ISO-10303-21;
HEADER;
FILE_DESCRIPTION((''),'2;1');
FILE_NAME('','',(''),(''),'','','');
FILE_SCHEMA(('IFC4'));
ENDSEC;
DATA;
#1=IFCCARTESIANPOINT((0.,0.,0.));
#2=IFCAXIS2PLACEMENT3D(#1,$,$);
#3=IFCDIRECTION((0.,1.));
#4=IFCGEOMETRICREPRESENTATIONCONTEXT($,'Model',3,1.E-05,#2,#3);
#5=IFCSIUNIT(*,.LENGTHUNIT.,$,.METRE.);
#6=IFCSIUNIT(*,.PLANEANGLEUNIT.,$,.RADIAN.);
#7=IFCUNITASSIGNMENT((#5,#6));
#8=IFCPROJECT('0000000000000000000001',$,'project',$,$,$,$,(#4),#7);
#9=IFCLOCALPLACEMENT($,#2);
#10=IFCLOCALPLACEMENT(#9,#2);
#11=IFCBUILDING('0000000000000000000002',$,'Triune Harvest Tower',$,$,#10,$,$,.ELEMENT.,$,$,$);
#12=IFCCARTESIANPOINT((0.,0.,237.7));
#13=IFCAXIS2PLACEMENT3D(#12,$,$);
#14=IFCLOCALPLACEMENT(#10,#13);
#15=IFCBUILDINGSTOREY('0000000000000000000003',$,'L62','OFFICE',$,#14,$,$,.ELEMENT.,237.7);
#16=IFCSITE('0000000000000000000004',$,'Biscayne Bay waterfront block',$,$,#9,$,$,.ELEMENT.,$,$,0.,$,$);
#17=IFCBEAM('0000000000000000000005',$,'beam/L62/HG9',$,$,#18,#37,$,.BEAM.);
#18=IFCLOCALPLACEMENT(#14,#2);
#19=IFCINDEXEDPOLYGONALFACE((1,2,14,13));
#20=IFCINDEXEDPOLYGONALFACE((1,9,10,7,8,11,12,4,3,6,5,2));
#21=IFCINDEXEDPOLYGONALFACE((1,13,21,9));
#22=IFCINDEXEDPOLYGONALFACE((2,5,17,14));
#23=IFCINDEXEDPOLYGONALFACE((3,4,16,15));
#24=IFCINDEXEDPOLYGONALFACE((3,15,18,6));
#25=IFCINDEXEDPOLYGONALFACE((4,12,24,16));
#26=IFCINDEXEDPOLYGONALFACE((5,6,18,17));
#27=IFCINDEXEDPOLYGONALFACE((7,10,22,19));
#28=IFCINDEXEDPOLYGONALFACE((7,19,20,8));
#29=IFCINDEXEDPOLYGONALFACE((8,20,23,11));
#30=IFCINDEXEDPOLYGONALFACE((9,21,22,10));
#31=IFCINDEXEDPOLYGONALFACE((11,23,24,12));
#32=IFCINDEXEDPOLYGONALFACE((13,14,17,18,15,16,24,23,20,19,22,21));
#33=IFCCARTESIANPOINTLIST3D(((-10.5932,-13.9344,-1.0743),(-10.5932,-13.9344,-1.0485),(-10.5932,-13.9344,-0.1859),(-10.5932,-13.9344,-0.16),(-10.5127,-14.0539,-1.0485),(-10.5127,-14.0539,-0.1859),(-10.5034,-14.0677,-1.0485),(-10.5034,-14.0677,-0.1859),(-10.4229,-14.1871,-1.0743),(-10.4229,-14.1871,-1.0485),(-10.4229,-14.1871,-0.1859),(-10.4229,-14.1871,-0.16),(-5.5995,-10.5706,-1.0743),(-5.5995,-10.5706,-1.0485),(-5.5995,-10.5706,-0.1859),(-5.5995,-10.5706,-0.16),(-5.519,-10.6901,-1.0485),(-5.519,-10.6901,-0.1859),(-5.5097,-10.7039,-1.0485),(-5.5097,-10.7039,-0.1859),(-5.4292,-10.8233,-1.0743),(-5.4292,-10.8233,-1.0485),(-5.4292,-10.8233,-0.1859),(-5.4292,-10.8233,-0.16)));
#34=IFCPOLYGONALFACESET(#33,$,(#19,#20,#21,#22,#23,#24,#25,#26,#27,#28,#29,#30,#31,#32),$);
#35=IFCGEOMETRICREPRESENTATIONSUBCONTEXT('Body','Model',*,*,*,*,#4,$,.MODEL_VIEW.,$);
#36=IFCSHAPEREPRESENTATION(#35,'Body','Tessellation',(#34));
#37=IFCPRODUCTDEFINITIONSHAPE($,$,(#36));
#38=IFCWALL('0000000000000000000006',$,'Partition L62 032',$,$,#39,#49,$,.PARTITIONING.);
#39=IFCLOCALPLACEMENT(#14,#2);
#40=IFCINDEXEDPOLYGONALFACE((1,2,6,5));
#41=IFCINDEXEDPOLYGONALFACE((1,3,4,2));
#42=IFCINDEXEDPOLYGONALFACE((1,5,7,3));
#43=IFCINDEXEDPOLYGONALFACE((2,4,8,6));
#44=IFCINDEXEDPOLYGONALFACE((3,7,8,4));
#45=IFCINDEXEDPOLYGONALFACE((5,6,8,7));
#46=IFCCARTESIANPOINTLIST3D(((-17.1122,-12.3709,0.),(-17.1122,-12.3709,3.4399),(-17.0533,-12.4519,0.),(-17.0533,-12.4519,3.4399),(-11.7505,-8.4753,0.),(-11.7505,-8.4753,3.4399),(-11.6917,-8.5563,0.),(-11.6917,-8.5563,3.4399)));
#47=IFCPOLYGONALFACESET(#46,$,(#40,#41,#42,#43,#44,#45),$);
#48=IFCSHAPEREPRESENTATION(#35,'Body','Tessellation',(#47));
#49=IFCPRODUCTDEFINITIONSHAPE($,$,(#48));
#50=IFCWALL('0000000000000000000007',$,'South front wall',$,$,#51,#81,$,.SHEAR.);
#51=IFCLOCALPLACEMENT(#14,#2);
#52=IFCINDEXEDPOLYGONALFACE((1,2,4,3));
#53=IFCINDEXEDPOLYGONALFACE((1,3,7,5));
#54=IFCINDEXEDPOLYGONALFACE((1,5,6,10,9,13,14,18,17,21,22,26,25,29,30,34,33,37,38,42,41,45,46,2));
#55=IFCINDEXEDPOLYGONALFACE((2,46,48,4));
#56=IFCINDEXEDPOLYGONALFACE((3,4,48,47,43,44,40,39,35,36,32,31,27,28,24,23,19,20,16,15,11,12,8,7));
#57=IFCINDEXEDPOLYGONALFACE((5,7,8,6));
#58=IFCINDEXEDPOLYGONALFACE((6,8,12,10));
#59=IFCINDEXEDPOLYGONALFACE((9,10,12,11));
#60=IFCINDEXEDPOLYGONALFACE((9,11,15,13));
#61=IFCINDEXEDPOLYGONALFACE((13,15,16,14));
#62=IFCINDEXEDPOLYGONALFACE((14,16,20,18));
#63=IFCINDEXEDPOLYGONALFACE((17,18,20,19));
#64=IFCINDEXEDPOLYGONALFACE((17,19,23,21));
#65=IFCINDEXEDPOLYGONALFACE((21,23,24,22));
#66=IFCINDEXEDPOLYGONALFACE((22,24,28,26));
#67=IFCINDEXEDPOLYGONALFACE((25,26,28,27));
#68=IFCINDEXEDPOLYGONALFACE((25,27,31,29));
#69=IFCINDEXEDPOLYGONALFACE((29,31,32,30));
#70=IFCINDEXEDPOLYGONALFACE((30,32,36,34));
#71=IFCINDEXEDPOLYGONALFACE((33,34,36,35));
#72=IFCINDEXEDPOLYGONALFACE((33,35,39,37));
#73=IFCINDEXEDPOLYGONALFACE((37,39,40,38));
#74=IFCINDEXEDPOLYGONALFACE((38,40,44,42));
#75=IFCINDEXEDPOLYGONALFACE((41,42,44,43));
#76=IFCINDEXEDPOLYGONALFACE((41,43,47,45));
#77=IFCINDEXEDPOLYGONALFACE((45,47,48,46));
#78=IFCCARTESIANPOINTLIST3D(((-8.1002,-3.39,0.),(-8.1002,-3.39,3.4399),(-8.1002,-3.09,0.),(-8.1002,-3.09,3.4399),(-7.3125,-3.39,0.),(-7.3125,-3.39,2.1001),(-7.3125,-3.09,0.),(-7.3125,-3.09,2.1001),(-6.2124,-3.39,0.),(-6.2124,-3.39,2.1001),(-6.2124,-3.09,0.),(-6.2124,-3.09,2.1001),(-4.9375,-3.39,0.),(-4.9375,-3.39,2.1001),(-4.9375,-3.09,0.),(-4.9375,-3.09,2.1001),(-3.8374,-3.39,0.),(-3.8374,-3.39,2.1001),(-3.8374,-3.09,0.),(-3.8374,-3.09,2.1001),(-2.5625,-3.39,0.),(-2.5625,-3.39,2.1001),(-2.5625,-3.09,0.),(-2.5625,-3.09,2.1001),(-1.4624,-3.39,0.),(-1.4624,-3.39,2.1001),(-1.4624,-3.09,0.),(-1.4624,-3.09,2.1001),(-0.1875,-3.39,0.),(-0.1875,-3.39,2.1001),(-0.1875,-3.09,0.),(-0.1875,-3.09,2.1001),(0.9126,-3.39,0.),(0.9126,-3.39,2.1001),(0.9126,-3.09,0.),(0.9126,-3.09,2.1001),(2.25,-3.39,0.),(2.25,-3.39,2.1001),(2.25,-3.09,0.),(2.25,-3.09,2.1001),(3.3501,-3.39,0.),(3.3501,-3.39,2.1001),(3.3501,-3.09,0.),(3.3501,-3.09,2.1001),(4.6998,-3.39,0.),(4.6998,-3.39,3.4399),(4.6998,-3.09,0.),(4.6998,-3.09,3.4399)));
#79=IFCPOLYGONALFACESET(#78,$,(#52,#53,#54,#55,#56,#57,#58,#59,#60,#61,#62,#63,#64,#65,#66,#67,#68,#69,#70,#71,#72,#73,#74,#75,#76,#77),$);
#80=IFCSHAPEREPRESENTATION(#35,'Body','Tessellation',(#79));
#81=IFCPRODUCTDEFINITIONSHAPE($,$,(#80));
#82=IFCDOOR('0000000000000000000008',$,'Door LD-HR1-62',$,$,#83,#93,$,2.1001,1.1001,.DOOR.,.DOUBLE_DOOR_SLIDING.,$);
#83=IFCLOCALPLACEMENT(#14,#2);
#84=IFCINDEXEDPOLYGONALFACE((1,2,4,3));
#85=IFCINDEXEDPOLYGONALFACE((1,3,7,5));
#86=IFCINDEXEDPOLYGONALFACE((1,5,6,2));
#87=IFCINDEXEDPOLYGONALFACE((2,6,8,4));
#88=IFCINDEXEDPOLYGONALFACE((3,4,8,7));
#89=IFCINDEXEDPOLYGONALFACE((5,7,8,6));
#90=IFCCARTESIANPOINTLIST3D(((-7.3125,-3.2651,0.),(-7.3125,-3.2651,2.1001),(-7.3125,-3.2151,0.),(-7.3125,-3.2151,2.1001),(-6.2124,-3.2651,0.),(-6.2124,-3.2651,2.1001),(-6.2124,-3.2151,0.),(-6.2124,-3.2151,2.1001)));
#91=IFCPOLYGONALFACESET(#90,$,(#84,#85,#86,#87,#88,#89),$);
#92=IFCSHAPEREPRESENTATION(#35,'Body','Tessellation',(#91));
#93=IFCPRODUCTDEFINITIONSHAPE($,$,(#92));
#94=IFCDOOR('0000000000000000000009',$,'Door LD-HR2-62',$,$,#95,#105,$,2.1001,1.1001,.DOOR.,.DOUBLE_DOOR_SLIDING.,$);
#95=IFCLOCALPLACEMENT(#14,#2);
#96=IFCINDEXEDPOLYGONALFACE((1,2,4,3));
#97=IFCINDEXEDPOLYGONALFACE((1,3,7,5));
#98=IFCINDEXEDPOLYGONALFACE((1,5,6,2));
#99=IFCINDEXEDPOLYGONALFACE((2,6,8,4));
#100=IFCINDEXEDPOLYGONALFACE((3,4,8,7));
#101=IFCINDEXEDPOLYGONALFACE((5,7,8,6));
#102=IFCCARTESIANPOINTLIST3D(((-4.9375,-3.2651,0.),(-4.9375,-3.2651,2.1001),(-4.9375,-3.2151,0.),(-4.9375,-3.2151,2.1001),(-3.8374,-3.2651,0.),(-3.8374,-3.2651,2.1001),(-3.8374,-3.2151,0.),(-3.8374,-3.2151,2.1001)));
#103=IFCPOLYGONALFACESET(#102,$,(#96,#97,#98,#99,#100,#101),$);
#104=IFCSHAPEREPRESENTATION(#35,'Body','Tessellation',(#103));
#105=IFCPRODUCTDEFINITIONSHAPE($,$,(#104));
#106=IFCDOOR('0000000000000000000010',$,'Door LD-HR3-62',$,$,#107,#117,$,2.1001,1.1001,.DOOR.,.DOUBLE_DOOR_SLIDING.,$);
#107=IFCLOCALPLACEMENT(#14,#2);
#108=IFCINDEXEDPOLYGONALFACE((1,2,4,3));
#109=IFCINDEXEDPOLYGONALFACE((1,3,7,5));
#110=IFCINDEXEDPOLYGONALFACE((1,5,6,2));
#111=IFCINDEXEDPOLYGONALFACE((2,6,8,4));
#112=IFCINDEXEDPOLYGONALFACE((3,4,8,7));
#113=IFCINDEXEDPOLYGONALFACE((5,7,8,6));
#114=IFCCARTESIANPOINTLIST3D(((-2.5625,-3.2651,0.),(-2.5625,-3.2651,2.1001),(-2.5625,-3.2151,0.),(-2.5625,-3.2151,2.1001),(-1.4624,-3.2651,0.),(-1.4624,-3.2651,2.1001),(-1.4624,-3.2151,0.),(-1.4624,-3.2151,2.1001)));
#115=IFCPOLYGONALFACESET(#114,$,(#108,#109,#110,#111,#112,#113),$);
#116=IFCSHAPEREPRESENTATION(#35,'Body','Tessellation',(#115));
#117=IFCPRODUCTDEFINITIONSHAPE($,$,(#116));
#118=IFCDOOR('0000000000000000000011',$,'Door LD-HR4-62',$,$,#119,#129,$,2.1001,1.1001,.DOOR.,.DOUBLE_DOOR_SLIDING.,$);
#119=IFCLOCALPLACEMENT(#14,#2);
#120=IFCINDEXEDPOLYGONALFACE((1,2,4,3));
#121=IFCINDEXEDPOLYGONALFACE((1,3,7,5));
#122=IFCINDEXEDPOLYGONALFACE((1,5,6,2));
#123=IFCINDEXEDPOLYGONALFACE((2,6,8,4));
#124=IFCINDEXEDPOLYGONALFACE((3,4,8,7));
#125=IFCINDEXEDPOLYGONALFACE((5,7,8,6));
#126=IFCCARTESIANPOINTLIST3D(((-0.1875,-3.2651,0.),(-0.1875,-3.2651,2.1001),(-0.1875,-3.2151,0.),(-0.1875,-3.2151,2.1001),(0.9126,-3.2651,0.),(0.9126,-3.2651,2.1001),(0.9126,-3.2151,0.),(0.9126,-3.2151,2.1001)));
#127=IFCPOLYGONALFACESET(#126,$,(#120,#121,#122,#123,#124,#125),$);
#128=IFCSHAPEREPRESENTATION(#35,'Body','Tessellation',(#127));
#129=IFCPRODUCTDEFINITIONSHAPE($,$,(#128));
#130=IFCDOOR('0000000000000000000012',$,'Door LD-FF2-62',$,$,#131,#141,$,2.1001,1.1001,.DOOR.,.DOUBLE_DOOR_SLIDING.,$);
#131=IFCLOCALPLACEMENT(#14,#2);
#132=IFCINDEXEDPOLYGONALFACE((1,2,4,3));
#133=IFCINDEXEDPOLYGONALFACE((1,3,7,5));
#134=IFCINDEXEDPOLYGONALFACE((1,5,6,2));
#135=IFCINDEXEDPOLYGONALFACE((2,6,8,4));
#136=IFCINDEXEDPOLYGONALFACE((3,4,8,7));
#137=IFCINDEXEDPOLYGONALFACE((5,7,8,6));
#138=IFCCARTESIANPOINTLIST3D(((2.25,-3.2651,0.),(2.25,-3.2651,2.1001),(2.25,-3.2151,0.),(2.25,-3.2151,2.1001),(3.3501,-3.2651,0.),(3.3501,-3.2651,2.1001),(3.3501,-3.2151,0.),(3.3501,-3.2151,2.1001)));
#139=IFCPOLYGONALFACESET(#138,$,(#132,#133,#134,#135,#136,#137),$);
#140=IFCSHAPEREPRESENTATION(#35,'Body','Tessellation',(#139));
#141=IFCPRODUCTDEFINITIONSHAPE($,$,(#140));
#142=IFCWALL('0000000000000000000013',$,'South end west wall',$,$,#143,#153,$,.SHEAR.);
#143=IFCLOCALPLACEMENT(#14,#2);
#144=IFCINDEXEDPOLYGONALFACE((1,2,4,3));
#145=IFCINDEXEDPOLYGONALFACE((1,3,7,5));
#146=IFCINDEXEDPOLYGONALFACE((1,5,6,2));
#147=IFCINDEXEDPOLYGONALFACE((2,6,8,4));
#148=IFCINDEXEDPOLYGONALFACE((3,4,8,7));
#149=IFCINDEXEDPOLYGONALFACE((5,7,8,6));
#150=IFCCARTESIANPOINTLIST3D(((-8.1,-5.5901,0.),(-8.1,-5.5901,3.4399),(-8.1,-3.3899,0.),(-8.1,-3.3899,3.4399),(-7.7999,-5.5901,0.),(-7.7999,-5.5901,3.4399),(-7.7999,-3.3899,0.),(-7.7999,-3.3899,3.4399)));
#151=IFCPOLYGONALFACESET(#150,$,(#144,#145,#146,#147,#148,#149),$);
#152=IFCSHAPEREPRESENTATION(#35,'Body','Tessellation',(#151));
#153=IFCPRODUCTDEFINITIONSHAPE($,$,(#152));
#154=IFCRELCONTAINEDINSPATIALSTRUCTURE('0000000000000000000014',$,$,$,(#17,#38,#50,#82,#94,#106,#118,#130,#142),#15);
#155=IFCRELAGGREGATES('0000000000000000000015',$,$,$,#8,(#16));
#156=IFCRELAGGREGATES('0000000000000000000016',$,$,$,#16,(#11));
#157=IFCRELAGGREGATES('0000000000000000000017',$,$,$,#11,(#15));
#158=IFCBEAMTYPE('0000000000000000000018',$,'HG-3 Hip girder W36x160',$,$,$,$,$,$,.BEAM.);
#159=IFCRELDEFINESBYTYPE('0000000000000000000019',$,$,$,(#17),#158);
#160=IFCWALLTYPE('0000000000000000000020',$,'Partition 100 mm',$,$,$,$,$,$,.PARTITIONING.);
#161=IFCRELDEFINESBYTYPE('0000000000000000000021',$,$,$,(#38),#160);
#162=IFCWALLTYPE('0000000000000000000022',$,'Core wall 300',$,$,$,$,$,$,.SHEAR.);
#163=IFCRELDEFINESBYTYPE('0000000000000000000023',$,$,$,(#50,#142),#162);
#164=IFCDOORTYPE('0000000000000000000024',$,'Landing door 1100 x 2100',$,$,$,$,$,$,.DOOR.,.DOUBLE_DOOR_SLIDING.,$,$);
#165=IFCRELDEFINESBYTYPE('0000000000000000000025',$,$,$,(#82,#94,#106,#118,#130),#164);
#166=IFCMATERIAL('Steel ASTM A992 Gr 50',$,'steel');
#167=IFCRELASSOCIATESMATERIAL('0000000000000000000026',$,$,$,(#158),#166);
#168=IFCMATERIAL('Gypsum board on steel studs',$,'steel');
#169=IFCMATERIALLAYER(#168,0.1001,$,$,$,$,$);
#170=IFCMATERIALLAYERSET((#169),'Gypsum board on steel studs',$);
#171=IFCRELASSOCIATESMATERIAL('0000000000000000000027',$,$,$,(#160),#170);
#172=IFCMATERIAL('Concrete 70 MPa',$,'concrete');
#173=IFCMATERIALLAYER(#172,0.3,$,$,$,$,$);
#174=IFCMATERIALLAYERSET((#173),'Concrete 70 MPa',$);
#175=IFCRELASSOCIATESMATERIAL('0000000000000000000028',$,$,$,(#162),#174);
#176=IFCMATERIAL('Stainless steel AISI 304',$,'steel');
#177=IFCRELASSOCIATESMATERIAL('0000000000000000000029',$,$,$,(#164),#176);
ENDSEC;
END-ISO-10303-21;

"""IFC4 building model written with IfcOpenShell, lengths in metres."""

from ifc_helpers import new_model, si_unit, direction, frame, frame_2d, origin, origin_2d, place, context, subcontext, project, spatial, rectangle, i_section, extrude, source, transform, mapped, material, layer, layer_set, material_profile, profile_set, type_object, element, fill, save


model = new_model("IFC4")

# Units and contexts
model_context = context("Model", 3, precision=1e-05, world=origin(), true_north=direction((0.0, 1.0)))
body_context = subcontext(model_context, "Body", "Model", "MODEL_VIEW")
ifc_project = project(units=[si_unit("LENGTHUNIT", "METRE"), si_unit("PLANEANGLEUNIT", "RADIAN")], contexts=[model_context])

# Site, building, storey
site_placement = place(None, origin())
site = spatial("IfcSite", under=ifc_project, at=site_placement, Name="Biscayne Bay waterfront block", CompositionType="ELEMENT", RefElevation=0.0)
building_placement = place(site_placement, origin())
building = spatial("IfcBuilding", under=site, at=building_placement, Name="Triune Harvest Tower", CompositionType="ELEMENT")
storey_placement = place(building_placement, frame((0.0, 0.0, 237.7)))
storey = spatial("IfcBuildingStorey", under=building, at=storey_placement, Name="L62", Description="OFFICE", CompositionType="ELEMENT", Elevation=237.7)

# Beam
ifc_material_1 = material(Name="Steel ASTM A992 Gr 50", Category="steel")
ifc_material_profile = material_profile(ifc_material_1, i_section(OverallWidth=0.3047, OverallDepth=0.9143, WebThickness=0.0166, FlangeThickness=0.0259, at=origin_2d()), Name="W36x160")
ifc_profile_set = profile_set([ifc_material_profile], Name="Steel ASTM A992 Gr 50")
beam_type = type_object("IfcBeamType", Name="HG-3 Hip girder W36x160", PredefinedType="BEAM", material=ifc_profile_set)
shared_shape_1 = source(origin(), body_context, "Body", "SweptSolid", [
    extrude(i_section(OverallWidth=0.3047, OverallDepth=0.9143, WebThickness=0.0166, FlangeThickness=0.0259, at=origin_2d()), origin(), (0.0, 0.0, 1.0), 6.021),
])
beam_placement = place(storey_placement, frame((-10.5081, -14.0608, -0.6172), z_axis=(0.829383, 0.55868, 0.0), x_axis=(-0.55868, 0.829383, 0.0)))
element("IfcBeam", 1, at=beam_placement, inside=storey, type_object=beam_type, Name="beam/L62/HG9", PredefinedType="BEAM", context=body_context, shape_type="MappedRepresentation", body=[
    mapped(shared_shape_1, transform((0.0, 0.0, 0.0), scale=1.0)),
])

# Wall
ifc_material_2 = material(Name="Gypsum board on steel studs", Category="steel")
ifc_layer_1 = layer(ifc_material_2, 0.1001)
ifc_layer_set_1 = layer_set([ifc_layer_1], Name="Gypsum board on steel studs")
wall_type_1 = type_object("IfcWallType", Name="Partition 100 mm", PredefinedType="PARTITIONING", material=ifc_layer_set_1)
wall_1_placement = place(storey_placement, frame((-17.0828, -12.4114, 0.0), z_axis=(0.0, 0.0, 1.0), x_axis=(0.80901, 0.587795, 0.0)))
element("IfcWall", 2, at=wall_1_placement, inside=storey, type_object=wall_type_1, Name="Partition L62 032", PredefinedType="PARTITIONING", context=body_context, shape_type="SweptSolid", body=[
    extrude(rectangle(XDim=6.6274, YDim=0.1001, at=frame_2d((3.3137, 0.0))), origin(), (0.0, 0.0, 1.0), 3.4399),
])

# Wall, openings, doors
ifc_material_3 = material(Name="Concrete 70 MPa", Category="concrete")
ifc_layer_2 = layer(ifc_material_3, 0.3)
ifc_layer_set_2 = layer_set([ifc_layer_2], Name="Concrete 70 MPa")
wall_type_2 = type_object("IfcWallType", Name="Core wall 300", PredefinedType="SHEAR", material=ifc_layer_set_2)
shared_shape_2 = source(origin(), body_context, "Body", "SweptSolid", [
    extrude(rectangle(XDim=12.8, YDim=0.3, at=frame_2d((6.3999, 0.0))), origin(), (0.0, 0.0, 1.0), 3.4399),
])
wall_2_placement = place(storey_placement, frame((-8.1001, -3.24, 0.0), z_axis=(0.0, 0.0, 1.0), x_axis=(1.0, 0.0, 0.0)))
wall_2 = element("IfcWall", 3, at=wall_2_placement, inside=storey, type_object=wall_type_2, Name="South front wall", PredefinedType="SHEAR", context=body_context, shape_type="MappedRepresentation", body=[
    mapped(shared_shape_2, transform((0.0, 0.0, 0.0), scale=1.0)),
])
opening_1_placement = place(wall_2_placement, frame((0.7876, 0.0, 0.0)))
opening_1 = element("IfcOpeningElement", 4, at=opening_1_placement, cuts=wall_2, PredefinedType="OPENING", context=body_context, shape_type="SweptSolid", body=[
    extrude(rectangle(XDim=1.1001, YDim=2.1001, at=frame_2d((0.55, 1.05))), frame((0.0, 0.1602, 0.0), z_axis=(0.0, -1.0, 0.0), x_axis=(1.0, 0.0, 0.0)), (0.0, 0.0, 1.0), 0.3201),
])
opening_2_placement = place(wall_2_placement, frame((3.1626, 0.0, 0.0)))
opening_2 = element("IfcOpeningElement", 5, at=opening_2_placement, cuts=wall_2, PredefinedType="OPENING", context=body_context, shape_type="SweptSolid", body=[
    extrude(rectangle(XDim=1.1001, YDim=2.1001, at=frame_2d((0.55, 1.05))), frame((0.0, 0.1602, 0.0), z_axis=(0.0, -1.0, 0.0), x_axis=(1.0, 0.0, 0.0)), (0.0, 0.0, 1.0), 0.3201),
])
opening_3_placement = place(wall_2_placement, frame((5.5376, 0.0, 0.0)))
opening_3 = element("IfcOpeningElement", 6, at=opening_3_placement, cuts=wall_2, PredefinedType="OPENING", context=body_context, shape_type="SweptSolid", body=[
    extrude(rectangle(XDim=1.1001, YDim=2.1001, at=frame_2d((0.55, 1.05))), frame((0.0, 0.1602, 0.0), z_axis=(0.0, -1.0, 0.0), x_axis=(1.0, 0.0, 0.0)), (0.0, 0.0, 1.0), 0.3201),
])
opening_4_placement = place(wall_2_placement, frame((7.9126, 0.0, 0.0)))
opening_4 = element("IfcOpeningElement", 7, at=opening_4_placement, cuts=wall_2, PredefinedType="OPENING", context=body_context, shape_type="SweptSolid", body=[
    extrude(rectangle(XDim=1.1001, YDim=2.1001, at=frame_2d((0.55, 1.05))), frame((0.0, 0.1602, 0.0), z_axis=(0.0, -1.0, 0.0), x_axis=(1.0, 0.0, 0.0)), (0.0, 0.0, 1.0), 0.3201),
])
opening_5_placement = place(wall_2_placement, frame((10.3501, 0.0, 0.0)))
opening_5 = element("IfcOpeningElement", 8, at=opening_5_placement, cuts=wall_2, PredefinedType="OPENING", context=body_context, shape_type="SweptSolid", body=[
    extrude(rectangle(XDim=1.1001, YDim=2.1001, at=frame_2d((0.55, 1.05))), frame((0.0, 0.1602, 0.0), z_axis=(0.0, -1.0, 0.0), x_axis=(1.0, 0.0, 0.0)), (0.0, 0.0, 1.0), 0.3201),
])
ifc_material_4 = material(Name="Stainless steel AISI 304", Category="steel")
door_type_1 = type_object("IfcDoorType", Name="Landing door 1100 x 2100", OperationType="DOUBLE_DOOR_SLIDING", PredefinedType="DOOR", material=ifc_material_4)
door_1_placement = place(opening_1_placement, origin())
door_1 = element("IfcDoor", 9, at=door_1_placement, inside=storey, type_object=door_type_1, Name="Door LD-HR1-62", OperationType="DOUBLE_DOOR_SLIDING", OverallHeight=2.1001, OverallWidth=1.1001, PredefinedType="DOOR", context=body_context, shape_type="SweptSolid", body=[
    extrude(rectangle(XDim=1.1001, YDim=2.1001, at=frame_2d((0.55, 1.05))), frame((0.0, 0.0249, 0.0), z_axis=(0.0, -1.0, 0.0), x_axis=(1.0, 0.0, 0.0)), (0.0, 0.0, 1.0), 0.05),
])
fill(opening_1, door_1)
door_2_placement = place(opening_2_placement, origin())
door_2 = element("IfcDoor", 10, at=door_2_placement, inside=storey, type_object=door_type_1, Name="Door LD-HR2-62", OperationType="DOUBLE_DOOR_SLIDING", OverallHeight=2.1001, OverallWidth=1.1001, PredefinedType="DOOR", context=body_context, shape_type="SweptSolid", body=[
    extrude(rectangle(XDim=1.1001, YDim=2.1001, at=frame_2d((0.55, 1.05))), frame((0.0, 0.0249, 0.0), z_axis=(0.0, -1.0, 0.0), x_axis=(1.0, 0.0, 0.0)), (0.0, 0.0, 1.0), 0.05),
])
fill(opening_2, door_2)
door_3_placement = place(opening_3_placement, origin())
door_3 = element("IfcDoor", 11, at=door_3_placement, inside=storey, type_object=door_type_1, Name="Door LD-HR3-62", OperationType="DOUBLE_DOOR_SLIDING", OverallHeight=2.1001, OverallWidth=1.1001, PredefinedType="DOOR", context=body_context, shape_type="SweptSolid", body=[
    extrude(rectangle(XDim=1.1001, YDim=2.1001, at=frame_2d((0.55, 1.05))), frame((0.0, 0.0249, 0.0), z_axis=(0.0, -1.0, 0.0), x_axis=(1.0, 0.0, 0.0)), (0.0, 0.0, 1.0), 0.05),
])
fill(opening_3, door_3)
door_4_placement = place(opening_4_placement, origin())
door_4 = element("IfcDoor", 12, at=door_4_placement, inside=storey, type_object=door_type_1, Name="Door LD-HR4-62", OperationType="DOUBLE_DOOR_SLIDING", OverallHeight=2.1001, OverallWidth=1.1001, PredefinedType="DOOR", context=body_context, shape_type="SweptSolid", body=[
    extrude(rectangle(XDim=1.1001, YDim=2.1001, at=frame_2d((0.55, 1.05))), frame((0.0, 0.0249, 0.0), z_axis=(0.0, -1.0, 0.0), x_axis=(1.0, 0.0, 0.0)), (0.0, 0.0, 1.0), 0.05),
])
fill(opening_4, door_4)
door_5_placement = place(opening_5_placement, origin())
door_5 = element("IfcDoor", 13, at=door_5_placement, inside=storey, type_object=door_type_1, Name="Door LD-FF2-62", OperationType="DOUBLE_DOOR_SLIDING", OverallHeight=2.1001, OverallWidth=1.1001, PredefinedType="DOOR", context=body_context, shape_type="SweptSolid", body=[
    extrude(rectangle(XDim=1.1001, YDim=2.1001, at=frame_2d((0.55, 1.05))), frame((0.0, 0.0249, 0.0), z_axis=(0.0, -1.0, 0.0), x_axis=(1.0, 0.0, 0.0)), (0.0, 0.0, 1.0), 0.05),
])
fill(opening_5, door_5)

# Wall
shared_shape_3 = source(origin(), body_context, "Body", "SweptSolid", [
    extrude(rectangle(XDim=2.2002, YDim=0.3, at=frame_2d((1.1001, 0.0))), origin(), (0.0, 0.0, 1.0), 3.4399),
])
wall_3_placement = place(storey_placement, frame((-7.95, -5.5901, 0.0), z_axis=(0.0, 0.0, 1.0), x_axis=(0.0, 1.0, 0.0)))
element("IfcWall", 14, at=wall_3_placement, inside=storey, type_object=wall_type_2, Name="South end west wall", PredefinedType="SHEAR", context=body_context, shape_type="MappedRepresentation", body=[
    mapped(shared_shape_3, transform((0.0, 0.0, 0.0), scale=1.0)),
])

save(model, "model.ifc")
